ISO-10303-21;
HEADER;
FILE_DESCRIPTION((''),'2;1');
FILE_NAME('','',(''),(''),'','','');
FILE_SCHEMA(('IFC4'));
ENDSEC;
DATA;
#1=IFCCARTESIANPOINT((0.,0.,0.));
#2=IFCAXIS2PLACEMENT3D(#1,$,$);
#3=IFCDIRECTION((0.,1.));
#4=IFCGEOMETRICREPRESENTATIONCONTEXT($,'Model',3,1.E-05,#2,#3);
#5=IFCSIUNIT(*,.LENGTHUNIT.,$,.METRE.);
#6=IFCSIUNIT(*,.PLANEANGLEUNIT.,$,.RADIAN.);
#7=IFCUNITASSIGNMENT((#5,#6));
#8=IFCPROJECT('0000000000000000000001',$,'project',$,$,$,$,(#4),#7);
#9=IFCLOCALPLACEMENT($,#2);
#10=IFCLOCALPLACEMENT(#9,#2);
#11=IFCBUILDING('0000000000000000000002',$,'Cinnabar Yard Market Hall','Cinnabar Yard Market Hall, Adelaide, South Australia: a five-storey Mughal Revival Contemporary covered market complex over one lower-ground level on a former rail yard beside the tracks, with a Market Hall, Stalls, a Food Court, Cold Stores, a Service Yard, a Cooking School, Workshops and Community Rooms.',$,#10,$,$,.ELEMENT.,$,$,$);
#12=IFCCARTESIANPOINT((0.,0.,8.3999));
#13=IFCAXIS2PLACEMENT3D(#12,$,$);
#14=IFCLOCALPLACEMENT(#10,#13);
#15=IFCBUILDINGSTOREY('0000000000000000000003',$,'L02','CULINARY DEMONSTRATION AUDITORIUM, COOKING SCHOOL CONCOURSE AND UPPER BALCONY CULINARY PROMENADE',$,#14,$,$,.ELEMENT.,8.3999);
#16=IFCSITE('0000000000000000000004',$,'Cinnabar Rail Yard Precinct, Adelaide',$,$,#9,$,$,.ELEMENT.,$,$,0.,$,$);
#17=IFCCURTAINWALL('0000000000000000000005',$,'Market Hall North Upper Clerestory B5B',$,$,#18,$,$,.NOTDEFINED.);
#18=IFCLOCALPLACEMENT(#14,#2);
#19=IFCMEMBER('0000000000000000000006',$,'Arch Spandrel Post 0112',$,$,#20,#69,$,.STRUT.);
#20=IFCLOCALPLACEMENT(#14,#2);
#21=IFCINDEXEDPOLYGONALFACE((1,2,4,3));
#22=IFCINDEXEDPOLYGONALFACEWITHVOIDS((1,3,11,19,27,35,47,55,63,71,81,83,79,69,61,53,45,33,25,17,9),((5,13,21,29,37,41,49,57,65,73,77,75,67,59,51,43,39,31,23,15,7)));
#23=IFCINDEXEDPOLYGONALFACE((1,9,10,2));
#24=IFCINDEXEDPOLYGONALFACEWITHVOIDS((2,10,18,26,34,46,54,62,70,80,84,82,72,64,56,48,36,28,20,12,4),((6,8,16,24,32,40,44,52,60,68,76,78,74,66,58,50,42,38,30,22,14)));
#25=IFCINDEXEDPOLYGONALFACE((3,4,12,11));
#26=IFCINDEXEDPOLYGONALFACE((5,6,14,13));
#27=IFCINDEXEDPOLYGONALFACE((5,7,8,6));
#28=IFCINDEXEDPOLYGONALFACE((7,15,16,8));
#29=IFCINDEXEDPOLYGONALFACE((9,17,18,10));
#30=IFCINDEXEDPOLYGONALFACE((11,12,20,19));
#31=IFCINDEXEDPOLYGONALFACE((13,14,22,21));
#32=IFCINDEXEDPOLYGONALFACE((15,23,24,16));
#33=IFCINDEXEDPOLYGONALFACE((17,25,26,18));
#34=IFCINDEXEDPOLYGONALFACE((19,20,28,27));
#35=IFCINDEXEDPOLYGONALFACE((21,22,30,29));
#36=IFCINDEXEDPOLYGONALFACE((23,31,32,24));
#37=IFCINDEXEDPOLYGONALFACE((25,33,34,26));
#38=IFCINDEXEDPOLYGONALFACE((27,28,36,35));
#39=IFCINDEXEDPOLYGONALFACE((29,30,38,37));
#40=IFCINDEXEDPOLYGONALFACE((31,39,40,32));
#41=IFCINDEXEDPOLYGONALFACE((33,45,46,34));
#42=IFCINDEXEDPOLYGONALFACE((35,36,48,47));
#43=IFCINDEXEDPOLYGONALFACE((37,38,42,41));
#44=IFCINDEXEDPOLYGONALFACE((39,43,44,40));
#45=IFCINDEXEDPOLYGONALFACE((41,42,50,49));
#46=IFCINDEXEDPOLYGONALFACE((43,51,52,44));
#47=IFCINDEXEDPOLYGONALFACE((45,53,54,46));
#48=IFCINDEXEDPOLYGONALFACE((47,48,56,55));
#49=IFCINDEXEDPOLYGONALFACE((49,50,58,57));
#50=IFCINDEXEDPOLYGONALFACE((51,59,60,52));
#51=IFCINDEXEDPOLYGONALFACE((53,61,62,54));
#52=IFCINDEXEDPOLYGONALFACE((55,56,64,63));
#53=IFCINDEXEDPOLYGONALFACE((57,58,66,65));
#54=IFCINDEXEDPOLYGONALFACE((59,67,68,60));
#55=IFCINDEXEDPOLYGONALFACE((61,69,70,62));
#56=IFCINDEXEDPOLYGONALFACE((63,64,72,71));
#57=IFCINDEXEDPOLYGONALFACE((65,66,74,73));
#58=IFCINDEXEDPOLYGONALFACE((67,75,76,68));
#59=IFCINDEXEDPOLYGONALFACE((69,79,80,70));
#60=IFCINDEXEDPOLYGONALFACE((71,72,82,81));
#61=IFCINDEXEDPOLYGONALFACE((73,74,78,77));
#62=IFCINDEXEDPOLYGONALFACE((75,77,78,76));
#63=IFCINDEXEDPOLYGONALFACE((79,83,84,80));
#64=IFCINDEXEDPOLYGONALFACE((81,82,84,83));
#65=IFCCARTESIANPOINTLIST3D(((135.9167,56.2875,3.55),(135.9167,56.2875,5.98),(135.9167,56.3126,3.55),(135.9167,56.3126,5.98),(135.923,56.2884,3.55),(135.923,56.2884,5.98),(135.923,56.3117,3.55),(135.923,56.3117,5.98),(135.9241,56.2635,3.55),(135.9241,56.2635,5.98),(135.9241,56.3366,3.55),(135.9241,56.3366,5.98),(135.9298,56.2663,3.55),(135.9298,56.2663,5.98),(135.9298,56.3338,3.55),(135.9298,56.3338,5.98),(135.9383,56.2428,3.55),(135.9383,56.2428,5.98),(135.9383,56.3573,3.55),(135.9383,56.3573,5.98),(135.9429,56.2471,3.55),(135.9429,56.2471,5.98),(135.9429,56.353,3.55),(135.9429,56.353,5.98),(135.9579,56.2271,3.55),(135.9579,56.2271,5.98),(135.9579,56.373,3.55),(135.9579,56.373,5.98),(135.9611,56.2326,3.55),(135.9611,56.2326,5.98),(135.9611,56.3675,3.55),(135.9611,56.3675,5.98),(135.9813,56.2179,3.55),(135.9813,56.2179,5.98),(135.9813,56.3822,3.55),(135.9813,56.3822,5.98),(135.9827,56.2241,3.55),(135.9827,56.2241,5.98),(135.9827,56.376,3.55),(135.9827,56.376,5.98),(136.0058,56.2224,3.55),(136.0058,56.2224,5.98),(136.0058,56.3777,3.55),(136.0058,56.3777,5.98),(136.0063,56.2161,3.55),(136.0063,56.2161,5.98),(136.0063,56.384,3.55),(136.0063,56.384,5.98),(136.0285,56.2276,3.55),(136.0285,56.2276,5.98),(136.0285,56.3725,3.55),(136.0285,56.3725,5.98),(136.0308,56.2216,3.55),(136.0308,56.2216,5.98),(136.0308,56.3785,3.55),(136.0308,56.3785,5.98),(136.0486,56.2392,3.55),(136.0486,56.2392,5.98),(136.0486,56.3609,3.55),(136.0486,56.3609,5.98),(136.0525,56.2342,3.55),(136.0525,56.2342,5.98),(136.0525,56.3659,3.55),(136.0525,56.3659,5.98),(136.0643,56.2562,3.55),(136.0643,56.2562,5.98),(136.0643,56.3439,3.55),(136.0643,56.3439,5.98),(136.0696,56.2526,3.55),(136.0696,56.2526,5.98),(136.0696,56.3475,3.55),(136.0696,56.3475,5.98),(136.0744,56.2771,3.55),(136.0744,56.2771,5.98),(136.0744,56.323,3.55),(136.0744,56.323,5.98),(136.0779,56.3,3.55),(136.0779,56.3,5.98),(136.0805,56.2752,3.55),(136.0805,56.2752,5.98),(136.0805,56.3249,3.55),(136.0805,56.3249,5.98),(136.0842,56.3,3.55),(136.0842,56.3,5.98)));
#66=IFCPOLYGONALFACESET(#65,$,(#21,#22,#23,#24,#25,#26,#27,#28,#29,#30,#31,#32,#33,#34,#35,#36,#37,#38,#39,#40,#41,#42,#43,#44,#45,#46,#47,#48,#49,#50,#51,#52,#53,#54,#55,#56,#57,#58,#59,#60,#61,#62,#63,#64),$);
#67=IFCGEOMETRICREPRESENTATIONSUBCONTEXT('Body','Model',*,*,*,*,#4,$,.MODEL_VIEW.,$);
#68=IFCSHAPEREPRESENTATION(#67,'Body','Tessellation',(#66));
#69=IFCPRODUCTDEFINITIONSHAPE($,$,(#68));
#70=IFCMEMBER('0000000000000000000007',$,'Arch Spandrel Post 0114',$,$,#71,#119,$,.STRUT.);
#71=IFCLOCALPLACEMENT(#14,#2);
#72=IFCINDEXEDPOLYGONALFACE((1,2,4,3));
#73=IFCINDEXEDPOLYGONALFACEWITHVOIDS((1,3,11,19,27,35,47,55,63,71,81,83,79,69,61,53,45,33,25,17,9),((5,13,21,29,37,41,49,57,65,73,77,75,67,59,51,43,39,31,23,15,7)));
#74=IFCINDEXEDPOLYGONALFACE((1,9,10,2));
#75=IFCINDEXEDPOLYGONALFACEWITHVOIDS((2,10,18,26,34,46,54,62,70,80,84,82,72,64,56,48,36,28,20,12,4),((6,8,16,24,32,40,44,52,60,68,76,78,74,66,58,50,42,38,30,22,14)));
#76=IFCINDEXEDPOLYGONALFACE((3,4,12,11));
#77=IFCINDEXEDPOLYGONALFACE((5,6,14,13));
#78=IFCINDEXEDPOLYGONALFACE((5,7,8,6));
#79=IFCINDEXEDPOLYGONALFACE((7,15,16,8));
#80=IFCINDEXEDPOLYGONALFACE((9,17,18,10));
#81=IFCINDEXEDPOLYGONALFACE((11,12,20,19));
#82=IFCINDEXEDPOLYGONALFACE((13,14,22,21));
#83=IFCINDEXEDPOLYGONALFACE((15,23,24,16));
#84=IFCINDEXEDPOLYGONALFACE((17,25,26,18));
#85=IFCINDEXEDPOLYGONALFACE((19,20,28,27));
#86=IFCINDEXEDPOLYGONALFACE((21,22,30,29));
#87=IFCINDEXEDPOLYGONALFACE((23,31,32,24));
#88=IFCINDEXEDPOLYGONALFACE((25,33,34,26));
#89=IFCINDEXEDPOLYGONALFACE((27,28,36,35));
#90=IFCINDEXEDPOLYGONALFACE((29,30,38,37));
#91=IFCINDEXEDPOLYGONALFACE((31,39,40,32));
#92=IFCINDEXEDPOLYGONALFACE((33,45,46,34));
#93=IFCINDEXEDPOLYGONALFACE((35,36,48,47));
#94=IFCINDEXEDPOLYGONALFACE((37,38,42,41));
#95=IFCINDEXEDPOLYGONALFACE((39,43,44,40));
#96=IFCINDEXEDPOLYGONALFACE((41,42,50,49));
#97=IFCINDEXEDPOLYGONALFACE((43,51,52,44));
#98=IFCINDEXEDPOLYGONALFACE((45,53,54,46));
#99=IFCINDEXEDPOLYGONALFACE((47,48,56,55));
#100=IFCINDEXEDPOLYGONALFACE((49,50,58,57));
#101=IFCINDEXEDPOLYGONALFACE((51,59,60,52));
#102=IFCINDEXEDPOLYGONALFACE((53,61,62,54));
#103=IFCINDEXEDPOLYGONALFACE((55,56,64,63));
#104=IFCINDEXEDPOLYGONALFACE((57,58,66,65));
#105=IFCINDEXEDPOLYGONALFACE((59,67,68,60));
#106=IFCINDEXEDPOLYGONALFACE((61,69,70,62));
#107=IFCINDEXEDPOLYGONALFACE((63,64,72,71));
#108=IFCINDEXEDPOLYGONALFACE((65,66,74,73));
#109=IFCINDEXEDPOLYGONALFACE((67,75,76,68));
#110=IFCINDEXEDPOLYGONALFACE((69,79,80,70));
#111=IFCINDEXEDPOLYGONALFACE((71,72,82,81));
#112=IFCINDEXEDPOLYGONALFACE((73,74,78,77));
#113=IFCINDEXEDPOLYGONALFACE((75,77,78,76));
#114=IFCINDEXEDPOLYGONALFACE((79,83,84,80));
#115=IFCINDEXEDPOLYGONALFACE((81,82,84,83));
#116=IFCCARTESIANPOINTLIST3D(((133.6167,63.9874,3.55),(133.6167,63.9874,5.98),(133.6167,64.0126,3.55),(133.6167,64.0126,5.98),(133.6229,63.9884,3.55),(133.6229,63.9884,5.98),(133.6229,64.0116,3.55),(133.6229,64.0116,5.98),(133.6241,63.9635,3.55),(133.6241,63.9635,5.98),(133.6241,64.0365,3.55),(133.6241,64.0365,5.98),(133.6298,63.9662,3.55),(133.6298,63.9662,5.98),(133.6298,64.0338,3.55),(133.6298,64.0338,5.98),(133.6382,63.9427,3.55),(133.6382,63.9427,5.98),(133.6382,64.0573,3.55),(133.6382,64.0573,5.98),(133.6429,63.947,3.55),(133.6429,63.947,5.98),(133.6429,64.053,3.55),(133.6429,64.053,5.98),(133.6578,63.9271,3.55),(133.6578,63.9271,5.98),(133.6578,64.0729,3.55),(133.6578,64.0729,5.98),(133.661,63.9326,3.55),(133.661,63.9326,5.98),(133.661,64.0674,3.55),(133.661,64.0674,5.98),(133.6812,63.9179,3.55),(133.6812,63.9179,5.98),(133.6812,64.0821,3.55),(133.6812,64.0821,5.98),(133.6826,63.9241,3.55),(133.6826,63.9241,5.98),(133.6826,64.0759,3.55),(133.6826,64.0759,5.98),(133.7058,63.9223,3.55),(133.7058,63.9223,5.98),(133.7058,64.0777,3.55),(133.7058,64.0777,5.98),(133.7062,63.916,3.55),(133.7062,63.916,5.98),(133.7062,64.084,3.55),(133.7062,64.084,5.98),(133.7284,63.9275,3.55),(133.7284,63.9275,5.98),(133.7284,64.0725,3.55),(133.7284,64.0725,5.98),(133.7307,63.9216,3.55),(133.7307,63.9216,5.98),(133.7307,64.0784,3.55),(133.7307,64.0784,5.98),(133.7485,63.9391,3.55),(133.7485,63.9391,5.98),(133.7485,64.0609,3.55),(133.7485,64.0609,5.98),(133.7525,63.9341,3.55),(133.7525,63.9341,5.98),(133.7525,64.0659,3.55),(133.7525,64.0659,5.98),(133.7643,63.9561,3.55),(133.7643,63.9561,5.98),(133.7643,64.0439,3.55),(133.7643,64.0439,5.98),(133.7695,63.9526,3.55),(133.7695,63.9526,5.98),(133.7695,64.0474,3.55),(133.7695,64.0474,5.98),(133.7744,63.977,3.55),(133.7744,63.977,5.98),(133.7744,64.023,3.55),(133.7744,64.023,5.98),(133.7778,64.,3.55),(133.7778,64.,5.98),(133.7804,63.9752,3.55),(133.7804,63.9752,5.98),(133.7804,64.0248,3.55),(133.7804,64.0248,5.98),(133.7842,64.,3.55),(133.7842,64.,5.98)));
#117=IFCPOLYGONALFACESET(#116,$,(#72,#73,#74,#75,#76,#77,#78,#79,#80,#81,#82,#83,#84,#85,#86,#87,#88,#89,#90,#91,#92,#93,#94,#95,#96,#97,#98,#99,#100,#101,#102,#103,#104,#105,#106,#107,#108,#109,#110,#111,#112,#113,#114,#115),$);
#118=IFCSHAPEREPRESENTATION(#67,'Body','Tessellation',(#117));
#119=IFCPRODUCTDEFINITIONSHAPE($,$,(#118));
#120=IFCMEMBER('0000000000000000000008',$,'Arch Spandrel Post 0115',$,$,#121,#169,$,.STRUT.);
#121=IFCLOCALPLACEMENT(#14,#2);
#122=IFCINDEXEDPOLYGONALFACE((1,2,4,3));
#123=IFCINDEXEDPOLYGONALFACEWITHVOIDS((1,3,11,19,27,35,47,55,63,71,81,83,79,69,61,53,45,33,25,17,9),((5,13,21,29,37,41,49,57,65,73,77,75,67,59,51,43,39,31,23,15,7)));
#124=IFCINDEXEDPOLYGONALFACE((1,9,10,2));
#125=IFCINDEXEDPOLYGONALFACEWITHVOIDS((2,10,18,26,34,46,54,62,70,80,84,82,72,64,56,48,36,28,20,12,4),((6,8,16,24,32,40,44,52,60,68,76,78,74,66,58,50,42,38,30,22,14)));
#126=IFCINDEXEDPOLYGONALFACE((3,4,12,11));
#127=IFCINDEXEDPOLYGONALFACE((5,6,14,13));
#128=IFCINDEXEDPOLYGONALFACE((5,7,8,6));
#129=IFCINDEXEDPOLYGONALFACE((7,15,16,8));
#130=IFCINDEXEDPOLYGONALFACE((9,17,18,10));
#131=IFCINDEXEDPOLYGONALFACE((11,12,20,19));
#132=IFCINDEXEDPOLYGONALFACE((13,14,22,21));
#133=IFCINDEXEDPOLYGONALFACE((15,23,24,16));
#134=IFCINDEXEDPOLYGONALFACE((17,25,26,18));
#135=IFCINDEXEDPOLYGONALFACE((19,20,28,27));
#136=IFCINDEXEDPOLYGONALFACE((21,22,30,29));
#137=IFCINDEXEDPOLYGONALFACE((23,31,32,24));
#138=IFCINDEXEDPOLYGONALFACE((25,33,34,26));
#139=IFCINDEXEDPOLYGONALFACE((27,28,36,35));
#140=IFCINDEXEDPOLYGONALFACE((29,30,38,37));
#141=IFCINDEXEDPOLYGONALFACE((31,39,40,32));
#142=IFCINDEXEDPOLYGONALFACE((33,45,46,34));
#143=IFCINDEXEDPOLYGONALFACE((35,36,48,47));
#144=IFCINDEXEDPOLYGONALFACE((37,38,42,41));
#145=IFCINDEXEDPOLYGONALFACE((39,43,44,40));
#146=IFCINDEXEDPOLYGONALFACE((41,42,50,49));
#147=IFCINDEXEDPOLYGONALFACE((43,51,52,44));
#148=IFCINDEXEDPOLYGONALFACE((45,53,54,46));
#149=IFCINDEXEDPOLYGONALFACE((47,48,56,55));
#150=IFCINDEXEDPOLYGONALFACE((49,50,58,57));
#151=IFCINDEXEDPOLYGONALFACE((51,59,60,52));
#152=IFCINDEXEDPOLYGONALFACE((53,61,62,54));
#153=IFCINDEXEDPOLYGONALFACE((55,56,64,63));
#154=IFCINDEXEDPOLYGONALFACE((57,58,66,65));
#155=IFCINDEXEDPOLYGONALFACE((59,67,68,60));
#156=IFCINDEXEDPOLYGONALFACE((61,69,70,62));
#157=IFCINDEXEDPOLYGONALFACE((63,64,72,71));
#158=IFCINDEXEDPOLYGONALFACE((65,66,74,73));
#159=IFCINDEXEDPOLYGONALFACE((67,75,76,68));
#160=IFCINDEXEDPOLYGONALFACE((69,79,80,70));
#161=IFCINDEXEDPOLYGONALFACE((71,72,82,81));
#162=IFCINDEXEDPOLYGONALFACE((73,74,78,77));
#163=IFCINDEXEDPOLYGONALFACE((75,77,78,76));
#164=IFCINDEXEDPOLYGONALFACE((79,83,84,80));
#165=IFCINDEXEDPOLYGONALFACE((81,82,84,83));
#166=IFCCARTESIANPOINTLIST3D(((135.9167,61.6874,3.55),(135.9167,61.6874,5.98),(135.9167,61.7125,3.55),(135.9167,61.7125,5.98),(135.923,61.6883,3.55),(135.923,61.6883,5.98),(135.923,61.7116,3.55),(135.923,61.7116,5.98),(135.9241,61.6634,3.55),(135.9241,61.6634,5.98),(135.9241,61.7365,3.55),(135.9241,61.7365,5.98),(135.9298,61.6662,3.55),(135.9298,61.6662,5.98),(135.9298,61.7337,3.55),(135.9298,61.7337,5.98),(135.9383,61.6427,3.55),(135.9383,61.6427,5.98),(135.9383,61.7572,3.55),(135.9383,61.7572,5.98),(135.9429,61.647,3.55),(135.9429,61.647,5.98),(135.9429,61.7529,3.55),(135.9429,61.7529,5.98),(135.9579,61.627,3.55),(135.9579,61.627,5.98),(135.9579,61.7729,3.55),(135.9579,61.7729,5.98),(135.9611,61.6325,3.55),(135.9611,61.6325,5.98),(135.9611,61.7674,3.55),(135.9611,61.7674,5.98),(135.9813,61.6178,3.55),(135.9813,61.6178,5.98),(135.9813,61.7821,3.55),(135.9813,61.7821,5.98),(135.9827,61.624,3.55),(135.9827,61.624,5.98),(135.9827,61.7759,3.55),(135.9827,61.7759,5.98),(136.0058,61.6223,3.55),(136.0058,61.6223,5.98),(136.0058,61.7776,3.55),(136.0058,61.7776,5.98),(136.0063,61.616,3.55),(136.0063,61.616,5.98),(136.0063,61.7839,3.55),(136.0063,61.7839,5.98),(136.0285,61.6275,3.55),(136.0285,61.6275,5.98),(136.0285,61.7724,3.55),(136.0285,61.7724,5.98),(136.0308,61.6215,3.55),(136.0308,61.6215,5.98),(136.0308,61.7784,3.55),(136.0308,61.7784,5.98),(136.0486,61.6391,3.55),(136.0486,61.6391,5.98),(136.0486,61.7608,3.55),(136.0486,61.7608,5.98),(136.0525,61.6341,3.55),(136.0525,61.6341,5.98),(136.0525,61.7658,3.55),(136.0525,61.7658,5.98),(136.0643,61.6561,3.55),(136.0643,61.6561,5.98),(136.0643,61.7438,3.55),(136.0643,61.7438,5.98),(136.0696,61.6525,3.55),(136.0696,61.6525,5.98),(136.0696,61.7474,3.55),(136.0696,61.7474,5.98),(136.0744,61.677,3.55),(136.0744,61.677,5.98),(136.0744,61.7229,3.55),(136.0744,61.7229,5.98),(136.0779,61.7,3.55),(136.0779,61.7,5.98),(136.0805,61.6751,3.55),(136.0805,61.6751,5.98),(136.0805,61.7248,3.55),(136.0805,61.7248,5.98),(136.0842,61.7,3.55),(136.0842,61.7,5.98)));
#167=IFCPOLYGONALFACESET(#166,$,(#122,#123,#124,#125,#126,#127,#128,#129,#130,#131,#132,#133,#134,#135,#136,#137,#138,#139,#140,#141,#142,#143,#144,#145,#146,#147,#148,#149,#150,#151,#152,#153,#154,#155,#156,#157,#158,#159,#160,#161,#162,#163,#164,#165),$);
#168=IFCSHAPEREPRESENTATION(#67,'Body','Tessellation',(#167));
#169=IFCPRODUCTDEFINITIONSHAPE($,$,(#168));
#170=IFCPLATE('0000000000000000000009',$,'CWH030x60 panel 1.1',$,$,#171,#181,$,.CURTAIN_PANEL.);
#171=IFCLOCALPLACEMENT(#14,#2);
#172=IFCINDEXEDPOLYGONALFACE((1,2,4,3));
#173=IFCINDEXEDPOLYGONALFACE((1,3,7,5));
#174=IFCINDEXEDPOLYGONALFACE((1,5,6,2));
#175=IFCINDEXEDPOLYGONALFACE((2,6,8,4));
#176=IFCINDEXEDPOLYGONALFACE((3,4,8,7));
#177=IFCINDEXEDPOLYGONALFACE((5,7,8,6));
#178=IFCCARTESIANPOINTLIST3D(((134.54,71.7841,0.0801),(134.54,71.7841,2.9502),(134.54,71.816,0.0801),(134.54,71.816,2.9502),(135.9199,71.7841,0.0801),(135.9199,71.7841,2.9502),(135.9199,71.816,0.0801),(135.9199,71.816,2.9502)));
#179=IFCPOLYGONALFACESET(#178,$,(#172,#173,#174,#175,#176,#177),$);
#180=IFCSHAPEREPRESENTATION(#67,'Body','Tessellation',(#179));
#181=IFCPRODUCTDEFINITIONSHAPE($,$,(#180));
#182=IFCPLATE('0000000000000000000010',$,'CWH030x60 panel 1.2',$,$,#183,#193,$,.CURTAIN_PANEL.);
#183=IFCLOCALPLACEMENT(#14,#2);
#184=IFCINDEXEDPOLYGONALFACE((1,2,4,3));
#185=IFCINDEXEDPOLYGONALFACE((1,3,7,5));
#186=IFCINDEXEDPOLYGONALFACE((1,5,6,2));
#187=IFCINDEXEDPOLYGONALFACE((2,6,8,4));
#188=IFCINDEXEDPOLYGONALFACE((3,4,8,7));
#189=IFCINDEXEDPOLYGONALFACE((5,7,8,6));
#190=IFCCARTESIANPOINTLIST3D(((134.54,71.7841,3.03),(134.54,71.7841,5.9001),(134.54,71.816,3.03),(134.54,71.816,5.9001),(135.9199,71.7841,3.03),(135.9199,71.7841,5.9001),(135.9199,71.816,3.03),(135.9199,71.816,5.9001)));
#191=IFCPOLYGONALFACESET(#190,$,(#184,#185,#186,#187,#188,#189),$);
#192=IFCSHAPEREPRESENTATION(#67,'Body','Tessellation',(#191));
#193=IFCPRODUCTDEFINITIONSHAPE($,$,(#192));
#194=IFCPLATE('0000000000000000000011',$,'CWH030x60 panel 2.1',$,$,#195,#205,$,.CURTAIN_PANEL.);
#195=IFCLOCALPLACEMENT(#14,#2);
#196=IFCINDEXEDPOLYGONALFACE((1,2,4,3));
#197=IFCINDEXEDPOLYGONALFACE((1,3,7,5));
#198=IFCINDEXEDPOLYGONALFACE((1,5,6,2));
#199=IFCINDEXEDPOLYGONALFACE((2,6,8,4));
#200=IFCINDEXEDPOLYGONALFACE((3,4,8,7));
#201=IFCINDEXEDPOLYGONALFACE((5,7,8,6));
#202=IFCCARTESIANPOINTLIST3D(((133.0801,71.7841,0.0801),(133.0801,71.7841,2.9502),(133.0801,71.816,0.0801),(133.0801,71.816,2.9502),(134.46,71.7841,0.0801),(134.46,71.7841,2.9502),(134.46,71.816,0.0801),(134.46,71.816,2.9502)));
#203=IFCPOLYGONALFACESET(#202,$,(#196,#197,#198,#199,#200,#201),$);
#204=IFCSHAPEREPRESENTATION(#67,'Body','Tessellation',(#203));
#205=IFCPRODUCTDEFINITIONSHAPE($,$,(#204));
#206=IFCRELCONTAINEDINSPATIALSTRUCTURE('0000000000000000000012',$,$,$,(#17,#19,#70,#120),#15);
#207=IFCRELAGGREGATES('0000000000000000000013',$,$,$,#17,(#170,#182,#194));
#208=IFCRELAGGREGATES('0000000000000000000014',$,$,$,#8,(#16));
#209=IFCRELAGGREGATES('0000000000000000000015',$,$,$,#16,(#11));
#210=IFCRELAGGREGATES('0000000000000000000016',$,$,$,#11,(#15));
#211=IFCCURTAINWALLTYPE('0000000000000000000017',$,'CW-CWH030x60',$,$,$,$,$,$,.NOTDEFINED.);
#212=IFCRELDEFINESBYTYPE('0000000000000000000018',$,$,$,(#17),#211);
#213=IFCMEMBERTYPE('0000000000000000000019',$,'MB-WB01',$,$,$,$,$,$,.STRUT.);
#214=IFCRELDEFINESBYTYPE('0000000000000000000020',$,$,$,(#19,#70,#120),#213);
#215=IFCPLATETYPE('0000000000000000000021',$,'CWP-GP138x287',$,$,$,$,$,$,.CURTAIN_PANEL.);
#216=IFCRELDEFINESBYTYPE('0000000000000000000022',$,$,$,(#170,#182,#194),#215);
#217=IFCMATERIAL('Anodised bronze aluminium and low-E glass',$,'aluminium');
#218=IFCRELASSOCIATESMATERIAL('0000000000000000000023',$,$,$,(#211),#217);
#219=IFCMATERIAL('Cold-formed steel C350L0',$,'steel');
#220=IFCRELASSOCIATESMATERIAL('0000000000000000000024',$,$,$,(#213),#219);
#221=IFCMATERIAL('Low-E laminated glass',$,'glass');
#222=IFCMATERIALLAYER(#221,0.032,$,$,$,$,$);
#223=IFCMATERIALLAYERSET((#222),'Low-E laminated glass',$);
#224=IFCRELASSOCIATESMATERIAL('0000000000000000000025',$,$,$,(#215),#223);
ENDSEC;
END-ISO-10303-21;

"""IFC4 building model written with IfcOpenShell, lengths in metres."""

from ifc_helpers import new_model, si_unit, direction, frame, origin, origin_2d_with_axis, place, context, subcontext, project, spatial, rectangle, hollow_circle, extrude, material, layer, layer_set, material_profile, profile_set, type_object, element, aggregate, save


model = new_model("IFC4")

# Units and contexts
model_context = context("Model", 3, precision=1e-05, world=origin(), true_north=direction((0.0, 1.0)))
body_context = subcontext(model_context, "Body", "Model", "MODEL_VIEW")
ifc_project = project(units=[si_unit("LENGTHUNIT", "METRE"), si_unit("PLANEANGLEUNIT", "RADIAN")], contexts=[model_context])

# Site, building, storey
site_placement = place(None, origin())
site = spatial("IfcSite", under=ifc_project, at=site_placement, Name="Cinnabar Rail Yard Precinct, Adelaide", CompositionType="ELEMENT", RefElevation=0.0)
building_placement = place(site_placement, origin())
building = spatial("IfcBuilding", under=site, at=building_placement, Name="Cinnabar Yard Market Hall", Description="Cinnabar Yard Market Hall, Adelaide, South Australia: a five-storey Mughal Revival Contemporary covered market complex over one lower-ground level on a former rail yard beside the tracks, with a Market Hall, Stalls, a Food Court, Cold Stores, a Service Yard, a Cooking School, Workshops and Community Rooms.", CompositionType="ELEMENT")
storey_placement = place(building_placement, frame((0.0, 0.0, 8.3999)))
storey = spatial("IfcBuildingStorey", under=building, at=storey_placement, Name="L02", Description="CULINARY DEMONSTRATION AUDITORIUM, COOKING SCHOOL CONCOURSE AND UPPER BALCONY CULINARY PROMENADE", CompositionType="ELEMENT", Elevation=8.3999)

# Curtain wall
ifc_material_1 = material(Name="Anodised bronze aluminium and low-E glass", Category="aluminium")
curtain_wall_type_1 = type_object("IfcCurtainWallType", Name="CW-CWH030x60", PredefinedType="NOTDEFINED", material=ifc_material_1)
curtain_wall_1_placement = place(storey_placement, origin())
curtain_wall_1 = element("IfcCurtainWall", 1, at=curtain_wall_1_placement, inside=storey, type_object=curtain_wall_type_1, Name="Market Hall North Upper Clerestory B5B", PredefinedType="NOTDEFINED")

# Members
ifc_material_2 = material(Name="Cold-formed steel C350L0", Category="steel")
ifc_material_profile_1 = material_profile(ifc_material_2, hollow_circle(Radius=0.0842, WallThickness=0.0063, at=origin_2d_with_axis()), Name="168.3x6.4CHS")
ifc_profile_set_1 = profile_set([ifc_material_profile_1], Name="Cold-formed steel C350L0")
member_type_1 = type_object("IfcMemberType", Name="MB-WB01", PredefinedType="STRUT", material=ifc_profile_set_1)
for number, where, z_axis, x_axis, name in (
    (2, (136.0, 56.3, 3.55), (0.0, 0.0, 1.0), (1.0, 0.0, 0.0), "Arch Spandrel Post 0112"),
    (3, (133.7, 64.0, 3.55), (0.0, 0.0, 1.0), (1.0, 0.0, 0.0), "Arch Spandrel Post 0114"),
    (4, (136.0, 61.7, 3.55), (0.0, 0.0, 1.0), (1.0, 0.0, 0.0), "Arch Spandrel Post 0115"),
):
    element("IfcMember", number, at=place(storey_placement, frame(where, z_axis=z_axis, x_axis=x_axis)), inside=storey, type_object=member_type_1, Name=name, PredefinedType="STRUT", context=body_context, shape_type="SweptSolid", body=[
        extrude(hollow_circle(Radius=0.0842, WallThickness=0.0063, at=origin_2d_with_axis()), origin(), (0.0, 0.0, 1.0), 2.4299),
    ])

# Plates
ifc_material_3 = material(Name="Low-E laminated glass", Category="glass")
ifc_layer_1 = layer(ifc_material_3, 0.032)
ifc_layer_set_1 = layer_set([ifc_layer_1], Name="Low-E laminated glass")
plate_type_1 = type_object("IfcPlateType", Name="CWP-GP138x287", PredefinedType="CURTAIN_PANEL", material=ifc_layer_set_1)
plate_1_placement = place(storey_placement, frame((135.23, 71.8, 0.0801), z_axis=(0.0, 0.0, 1.0), x_axis=(-1.0, 0.0, 0.0)))
plate_1 = element("IfcPlate", 5, at=plate_1_placement, type_object=plate_type_1, Name="CWH030x60 panel 1.1", PredefinedType="CURTAIN_PANEL", context=body_context, shape_type="SweptSolid", body=[
    extrude(rectangle(XDim=1.3799, YDim=0.032, at=origin_2d_with_axis()), origin(), (0.0, 0.0, 1.0), 2.8701),
])
plate_2_placement = place(storey_placement, frame((135.23, 71.8, 3.03), z_axis=(0.0, 0.0, 1.0), x_axis=(-1.0, 0.0, 0.0)))
plate_2 = element("IfcPlate", 6, at=plate_2_placement, type_object=plate_type_1, Name="CWH030x60 panel 1.2", PredefinedType="CURTAIN_PANEL", context=body_context, shape_type="SweptSolid", body=[
    extrude(rectangle(XDim=1.3799, YDim=0.032, at=origin_2d_with_axis()), origin(), (0.0, 0.0, 1.0), 2.8701),
])
plate_3_placement = place(storey_placement, frame((133.77, 71.8, 0.0801), z_axis=(0.0, 0.0, 1.0), x_axis=(-1.0, 0.0, 0.0)))
plate_3 = element("IfcPlate", 7, at=plate_3_placement, type_object=plate_type_1, Name="CWH030x60 panel 2.1", PredefinedType="CURTAIN_PANEL", context=body_context, shape_type="SweptSolid", body=[
    extrude(rectangle(XDim=1.3799, YDim=0.032, at=origin_2d_with_axis()), origin(), (0.0, 0.0, 1.0), 2.8701),
])
aggregate(curtain_wall_1, [plate_1, plate_2, plate_3])

save(model, "model.ifc")
